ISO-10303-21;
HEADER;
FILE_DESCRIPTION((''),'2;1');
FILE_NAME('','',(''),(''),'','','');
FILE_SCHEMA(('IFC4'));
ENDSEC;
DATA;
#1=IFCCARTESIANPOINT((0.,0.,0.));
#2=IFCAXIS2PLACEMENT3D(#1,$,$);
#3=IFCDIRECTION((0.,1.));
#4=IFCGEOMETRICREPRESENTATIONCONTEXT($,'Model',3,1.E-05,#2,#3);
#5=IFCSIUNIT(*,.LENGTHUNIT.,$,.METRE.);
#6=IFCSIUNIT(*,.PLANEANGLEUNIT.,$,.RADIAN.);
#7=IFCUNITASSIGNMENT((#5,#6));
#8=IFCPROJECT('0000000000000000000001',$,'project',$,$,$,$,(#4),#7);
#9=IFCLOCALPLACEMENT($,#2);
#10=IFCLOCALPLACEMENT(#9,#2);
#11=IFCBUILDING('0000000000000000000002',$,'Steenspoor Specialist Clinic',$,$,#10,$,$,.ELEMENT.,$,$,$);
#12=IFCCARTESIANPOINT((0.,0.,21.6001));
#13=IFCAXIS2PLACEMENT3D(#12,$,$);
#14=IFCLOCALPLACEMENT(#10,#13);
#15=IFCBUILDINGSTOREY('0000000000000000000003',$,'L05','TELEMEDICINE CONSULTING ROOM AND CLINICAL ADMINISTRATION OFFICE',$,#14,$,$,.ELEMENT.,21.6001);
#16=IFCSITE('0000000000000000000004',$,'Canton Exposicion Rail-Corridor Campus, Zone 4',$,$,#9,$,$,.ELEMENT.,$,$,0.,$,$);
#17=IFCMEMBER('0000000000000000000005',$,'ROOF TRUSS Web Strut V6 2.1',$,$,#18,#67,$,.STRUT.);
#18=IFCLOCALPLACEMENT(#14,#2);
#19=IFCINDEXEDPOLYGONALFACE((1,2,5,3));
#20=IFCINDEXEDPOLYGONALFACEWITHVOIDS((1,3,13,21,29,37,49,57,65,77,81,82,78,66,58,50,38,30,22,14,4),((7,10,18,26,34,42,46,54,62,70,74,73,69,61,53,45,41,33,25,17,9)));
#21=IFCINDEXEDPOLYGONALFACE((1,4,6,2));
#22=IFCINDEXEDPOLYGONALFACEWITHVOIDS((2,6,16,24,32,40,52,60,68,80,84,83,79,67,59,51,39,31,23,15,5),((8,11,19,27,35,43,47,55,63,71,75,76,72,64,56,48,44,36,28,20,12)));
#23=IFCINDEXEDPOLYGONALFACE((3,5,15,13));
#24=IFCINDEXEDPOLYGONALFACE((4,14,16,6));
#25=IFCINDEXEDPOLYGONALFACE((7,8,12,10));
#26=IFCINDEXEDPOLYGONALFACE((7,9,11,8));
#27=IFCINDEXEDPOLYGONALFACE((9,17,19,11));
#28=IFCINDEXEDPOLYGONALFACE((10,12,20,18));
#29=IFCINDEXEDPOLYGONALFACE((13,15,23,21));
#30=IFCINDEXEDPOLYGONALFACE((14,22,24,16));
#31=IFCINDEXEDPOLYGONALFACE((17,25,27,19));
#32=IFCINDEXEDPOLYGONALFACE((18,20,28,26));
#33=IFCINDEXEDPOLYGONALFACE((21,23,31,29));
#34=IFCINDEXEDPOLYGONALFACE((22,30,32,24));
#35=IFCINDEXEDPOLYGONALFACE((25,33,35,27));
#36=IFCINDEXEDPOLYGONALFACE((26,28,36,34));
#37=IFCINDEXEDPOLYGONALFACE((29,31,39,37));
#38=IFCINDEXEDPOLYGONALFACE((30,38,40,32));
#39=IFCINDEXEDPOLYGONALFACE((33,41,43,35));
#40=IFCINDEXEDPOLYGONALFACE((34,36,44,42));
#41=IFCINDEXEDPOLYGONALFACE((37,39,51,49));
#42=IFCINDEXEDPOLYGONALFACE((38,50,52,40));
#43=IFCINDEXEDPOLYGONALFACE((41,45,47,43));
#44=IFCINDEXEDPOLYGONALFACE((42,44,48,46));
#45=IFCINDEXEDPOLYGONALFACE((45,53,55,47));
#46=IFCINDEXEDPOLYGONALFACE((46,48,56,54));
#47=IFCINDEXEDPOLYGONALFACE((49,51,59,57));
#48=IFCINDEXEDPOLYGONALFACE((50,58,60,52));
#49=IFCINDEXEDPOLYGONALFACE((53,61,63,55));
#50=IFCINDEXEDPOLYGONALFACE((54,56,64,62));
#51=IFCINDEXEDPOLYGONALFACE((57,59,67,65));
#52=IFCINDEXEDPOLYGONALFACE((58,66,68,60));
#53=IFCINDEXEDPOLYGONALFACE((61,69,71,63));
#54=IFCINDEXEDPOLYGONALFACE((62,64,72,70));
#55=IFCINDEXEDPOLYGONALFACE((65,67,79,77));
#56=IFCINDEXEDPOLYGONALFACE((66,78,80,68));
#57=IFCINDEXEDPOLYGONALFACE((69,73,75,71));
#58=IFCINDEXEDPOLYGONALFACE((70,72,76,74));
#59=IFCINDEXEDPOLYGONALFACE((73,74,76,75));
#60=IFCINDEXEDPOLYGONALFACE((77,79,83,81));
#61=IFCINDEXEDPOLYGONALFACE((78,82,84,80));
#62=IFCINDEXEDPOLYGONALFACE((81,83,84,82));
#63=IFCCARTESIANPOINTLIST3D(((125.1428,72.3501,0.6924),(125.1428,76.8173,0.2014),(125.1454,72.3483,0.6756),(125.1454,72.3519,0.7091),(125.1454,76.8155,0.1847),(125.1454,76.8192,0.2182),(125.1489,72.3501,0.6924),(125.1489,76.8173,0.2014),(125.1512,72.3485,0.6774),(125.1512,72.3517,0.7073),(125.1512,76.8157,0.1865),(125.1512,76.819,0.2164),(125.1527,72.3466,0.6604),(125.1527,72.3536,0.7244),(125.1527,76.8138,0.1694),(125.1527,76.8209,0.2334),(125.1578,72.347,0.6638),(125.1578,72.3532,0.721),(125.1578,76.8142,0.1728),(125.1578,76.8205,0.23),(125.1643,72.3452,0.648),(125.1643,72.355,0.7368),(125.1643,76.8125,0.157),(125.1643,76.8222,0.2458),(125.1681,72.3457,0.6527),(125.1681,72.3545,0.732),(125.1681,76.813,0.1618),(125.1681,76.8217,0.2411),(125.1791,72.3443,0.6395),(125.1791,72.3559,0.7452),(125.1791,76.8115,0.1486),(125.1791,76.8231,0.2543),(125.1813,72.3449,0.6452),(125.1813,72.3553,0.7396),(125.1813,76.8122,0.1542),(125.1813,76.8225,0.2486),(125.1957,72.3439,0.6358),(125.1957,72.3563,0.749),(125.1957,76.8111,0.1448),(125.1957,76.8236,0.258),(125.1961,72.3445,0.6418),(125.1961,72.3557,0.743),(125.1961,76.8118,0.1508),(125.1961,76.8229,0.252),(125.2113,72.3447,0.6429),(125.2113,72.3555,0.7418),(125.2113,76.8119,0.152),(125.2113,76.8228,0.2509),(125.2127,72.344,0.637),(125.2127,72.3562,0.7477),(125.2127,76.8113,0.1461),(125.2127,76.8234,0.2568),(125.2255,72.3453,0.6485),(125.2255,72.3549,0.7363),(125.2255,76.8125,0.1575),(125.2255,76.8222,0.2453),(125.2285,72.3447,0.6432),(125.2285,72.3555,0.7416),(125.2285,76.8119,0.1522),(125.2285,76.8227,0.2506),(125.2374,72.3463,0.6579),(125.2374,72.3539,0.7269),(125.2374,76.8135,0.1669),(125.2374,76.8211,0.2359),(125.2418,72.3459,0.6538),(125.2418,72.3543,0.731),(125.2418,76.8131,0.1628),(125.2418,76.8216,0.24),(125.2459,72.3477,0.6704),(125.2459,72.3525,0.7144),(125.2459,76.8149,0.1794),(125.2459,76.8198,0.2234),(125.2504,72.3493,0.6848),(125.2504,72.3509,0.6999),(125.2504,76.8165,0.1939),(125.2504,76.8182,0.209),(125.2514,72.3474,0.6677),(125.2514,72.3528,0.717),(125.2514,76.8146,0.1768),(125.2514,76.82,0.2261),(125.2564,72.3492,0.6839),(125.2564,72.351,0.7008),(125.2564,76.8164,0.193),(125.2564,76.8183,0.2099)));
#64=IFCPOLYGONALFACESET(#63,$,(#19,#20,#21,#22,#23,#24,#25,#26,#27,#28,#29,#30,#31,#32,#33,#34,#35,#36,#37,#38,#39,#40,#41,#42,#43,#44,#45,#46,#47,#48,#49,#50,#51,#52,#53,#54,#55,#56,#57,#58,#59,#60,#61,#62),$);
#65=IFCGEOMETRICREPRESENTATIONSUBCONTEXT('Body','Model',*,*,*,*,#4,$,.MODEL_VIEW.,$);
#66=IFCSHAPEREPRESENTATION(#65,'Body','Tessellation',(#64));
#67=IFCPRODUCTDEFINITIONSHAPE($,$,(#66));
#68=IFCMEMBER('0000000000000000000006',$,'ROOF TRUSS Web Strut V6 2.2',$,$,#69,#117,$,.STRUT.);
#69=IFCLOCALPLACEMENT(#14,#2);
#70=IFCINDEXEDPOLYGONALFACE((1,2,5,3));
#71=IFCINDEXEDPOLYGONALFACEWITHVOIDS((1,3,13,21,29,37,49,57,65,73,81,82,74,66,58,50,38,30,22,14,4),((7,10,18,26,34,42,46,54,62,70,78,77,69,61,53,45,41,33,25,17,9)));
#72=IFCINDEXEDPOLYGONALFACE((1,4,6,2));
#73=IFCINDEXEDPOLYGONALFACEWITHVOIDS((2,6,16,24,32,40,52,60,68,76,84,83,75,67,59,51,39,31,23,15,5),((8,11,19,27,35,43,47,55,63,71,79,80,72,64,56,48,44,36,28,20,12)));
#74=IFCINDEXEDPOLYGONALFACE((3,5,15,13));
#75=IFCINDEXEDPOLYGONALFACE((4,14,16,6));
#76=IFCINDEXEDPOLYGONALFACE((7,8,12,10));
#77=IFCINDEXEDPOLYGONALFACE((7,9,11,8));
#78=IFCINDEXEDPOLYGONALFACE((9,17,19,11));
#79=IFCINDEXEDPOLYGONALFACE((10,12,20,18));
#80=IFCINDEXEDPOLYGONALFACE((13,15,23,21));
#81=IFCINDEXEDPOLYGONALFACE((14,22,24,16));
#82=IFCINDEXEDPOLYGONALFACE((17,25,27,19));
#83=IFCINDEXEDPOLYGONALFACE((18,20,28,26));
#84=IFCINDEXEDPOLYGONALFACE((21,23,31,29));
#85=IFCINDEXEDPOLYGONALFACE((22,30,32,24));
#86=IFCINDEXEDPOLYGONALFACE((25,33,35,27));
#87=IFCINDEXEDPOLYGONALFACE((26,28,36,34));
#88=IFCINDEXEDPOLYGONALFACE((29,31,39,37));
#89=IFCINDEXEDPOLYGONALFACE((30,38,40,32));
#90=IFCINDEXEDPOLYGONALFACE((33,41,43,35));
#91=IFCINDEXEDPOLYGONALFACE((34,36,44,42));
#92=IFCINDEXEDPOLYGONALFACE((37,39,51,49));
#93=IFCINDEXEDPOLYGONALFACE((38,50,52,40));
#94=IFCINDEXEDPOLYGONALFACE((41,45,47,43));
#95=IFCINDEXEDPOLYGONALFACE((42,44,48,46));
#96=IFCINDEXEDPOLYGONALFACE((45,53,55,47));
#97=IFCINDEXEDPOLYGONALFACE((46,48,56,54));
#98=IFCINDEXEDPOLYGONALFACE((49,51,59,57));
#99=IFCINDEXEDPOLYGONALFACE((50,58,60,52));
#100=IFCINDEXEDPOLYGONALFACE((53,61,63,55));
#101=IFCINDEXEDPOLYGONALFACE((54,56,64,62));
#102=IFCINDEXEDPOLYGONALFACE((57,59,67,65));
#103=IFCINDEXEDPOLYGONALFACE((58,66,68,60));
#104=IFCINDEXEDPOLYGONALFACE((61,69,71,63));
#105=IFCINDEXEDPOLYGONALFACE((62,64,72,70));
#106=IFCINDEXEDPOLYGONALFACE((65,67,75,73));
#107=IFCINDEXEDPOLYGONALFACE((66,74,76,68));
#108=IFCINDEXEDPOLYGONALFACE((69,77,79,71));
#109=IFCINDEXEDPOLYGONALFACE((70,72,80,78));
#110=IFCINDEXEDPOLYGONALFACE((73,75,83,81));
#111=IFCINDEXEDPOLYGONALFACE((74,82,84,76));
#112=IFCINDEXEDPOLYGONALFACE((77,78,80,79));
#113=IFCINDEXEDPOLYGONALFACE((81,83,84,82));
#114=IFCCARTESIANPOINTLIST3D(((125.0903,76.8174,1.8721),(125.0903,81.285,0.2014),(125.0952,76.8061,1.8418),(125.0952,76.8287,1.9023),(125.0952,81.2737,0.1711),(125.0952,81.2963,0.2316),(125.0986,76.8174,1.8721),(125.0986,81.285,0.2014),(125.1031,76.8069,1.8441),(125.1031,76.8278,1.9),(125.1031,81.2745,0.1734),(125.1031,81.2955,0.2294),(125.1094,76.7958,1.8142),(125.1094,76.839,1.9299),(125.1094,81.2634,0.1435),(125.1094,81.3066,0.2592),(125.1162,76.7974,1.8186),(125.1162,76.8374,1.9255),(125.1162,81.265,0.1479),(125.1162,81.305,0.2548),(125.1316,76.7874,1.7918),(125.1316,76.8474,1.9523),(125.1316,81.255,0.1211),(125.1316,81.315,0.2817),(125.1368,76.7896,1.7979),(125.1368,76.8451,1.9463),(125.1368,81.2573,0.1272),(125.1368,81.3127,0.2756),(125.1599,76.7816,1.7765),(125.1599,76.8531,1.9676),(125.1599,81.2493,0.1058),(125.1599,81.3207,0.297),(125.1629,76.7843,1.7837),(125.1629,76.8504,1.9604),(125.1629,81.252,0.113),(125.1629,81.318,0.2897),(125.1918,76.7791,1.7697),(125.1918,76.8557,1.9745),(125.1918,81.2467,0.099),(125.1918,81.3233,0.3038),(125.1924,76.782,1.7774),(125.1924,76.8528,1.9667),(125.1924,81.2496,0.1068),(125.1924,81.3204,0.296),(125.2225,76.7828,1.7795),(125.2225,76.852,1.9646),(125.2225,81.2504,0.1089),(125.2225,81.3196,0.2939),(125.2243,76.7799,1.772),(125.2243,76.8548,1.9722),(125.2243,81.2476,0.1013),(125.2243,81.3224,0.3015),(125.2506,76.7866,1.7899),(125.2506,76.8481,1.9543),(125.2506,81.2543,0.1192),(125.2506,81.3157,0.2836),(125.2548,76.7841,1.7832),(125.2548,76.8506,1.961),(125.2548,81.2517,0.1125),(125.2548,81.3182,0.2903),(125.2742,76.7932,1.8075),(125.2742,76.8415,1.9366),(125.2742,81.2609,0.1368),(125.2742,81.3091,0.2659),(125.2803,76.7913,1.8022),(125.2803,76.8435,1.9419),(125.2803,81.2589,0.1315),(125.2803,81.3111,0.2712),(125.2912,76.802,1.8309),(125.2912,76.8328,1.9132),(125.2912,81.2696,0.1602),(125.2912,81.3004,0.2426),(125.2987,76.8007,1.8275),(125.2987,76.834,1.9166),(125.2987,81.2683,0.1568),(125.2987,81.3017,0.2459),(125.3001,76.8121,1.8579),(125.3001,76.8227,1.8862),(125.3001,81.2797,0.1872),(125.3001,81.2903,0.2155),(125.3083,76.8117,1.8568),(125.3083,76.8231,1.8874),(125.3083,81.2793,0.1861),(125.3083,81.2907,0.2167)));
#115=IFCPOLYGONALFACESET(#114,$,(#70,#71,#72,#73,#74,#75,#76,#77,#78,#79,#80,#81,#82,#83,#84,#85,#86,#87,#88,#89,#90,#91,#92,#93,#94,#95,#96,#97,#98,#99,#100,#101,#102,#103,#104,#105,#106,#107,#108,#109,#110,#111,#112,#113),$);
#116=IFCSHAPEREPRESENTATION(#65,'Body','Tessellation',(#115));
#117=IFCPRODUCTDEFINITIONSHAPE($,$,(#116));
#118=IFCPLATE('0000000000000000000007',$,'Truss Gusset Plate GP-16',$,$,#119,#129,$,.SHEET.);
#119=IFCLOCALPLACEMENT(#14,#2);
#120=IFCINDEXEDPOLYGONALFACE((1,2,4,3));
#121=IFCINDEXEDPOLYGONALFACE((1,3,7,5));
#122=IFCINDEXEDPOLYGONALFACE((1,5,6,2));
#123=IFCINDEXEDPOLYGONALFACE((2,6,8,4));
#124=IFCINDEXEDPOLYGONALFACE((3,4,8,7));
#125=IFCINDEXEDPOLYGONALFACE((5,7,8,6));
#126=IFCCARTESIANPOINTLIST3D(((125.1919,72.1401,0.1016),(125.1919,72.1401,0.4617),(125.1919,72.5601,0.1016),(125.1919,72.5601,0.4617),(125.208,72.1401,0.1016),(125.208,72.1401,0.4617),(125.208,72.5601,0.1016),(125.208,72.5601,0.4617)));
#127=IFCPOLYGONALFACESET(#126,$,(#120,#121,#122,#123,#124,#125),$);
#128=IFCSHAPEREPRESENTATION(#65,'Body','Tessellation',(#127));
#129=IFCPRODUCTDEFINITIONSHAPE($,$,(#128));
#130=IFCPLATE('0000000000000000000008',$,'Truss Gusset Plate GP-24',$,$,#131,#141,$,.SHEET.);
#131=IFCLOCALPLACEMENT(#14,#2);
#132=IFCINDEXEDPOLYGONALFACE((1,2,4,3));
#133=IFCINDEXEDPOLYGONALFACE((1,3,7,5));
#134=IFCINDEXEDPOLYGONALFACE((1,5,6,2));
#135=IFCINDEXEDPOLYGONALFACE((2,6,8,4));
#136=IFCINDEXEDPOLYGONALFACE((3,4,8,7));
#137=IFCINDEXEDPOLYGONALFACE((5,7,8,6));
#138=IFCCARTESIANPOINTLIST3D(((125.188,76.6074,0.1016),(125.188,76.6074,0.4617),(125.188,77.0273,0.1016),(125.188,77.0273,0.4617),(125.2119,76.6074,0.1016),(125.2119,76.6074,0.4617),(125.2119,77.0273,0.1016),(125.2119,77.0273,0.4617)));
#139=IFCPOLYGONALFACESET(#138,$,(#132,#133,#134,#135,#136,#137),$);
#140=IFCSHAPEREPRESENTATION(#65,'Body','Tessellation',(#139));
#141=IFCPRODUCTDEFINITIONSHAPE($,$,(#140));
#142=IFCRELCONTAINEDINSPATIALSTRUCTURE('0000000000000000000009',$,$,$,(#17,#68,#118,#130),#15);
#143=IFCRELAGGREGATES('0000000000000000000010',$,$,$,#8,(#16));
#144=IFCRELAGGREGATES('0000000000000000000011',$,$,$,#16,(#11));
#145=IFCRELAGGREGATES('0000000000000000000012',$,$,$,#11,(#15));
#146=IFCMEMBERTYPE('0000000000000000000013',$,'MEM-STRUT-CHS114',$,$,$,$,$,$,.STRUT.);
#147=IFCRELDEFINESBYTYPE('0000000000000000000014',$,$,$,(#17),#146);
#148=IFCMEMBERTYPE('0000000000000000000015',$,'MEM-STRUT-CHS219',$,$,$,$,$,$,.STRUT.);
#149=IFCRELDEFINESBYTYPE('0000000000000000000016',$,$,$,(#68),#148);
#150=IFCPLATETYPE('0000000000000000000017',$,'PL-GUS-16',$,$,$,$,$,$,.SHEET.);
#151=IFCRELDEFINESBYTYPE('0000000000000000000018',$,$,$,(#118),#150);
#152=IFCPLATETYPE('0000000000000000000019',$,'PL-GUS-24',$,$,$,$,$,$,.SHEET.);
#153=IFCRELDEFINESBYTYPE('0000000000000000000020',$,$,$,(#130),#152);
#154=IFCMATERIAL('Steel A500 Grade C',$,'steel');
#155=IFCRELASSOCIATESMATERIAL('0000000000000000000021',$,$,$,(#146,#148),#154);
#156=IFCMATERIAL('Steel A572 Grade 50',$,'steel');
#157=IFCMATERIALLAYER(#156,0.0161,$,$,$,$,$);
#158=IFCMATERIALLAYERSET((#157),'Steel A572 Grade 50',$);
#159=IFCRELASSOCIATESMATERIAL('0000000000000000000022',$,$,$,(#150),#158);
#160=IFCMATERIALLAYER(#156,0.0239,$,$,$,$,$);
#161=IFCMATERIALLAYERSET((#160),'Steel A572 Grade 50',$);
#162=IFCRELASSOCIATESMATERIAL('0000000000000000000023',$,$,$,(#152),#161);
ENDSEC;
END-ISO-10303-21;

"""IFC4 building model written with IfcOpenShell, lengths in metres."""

from ifc_helpers import new_model, si_unit, direction, frame, origin, origin_2d, place, context, subcontext, project, spatial, rectangle, hollow_circle, extrude, material, layer, layer_set, material_profile, profile_set, type_object, element, save


model = new_model("IFC4")

# Units and contexts
model_context = context("Model", 3, precision=1e-05, world=origin(), true_north=direction((0.0, 1.0)))
body_context = subcontext(model_context, "Body", "Model", "MODEL_VIEW")
ifc_project = project(units=[si_unit("LENGTHUNIT", "METRE"), si_unit("PLANEANGLEUNIT", "RADIAN")], contexts=[model_context])

# Site, building, storey
site_placement = place(None, origin())
site = spatial("IfcSite", under=ifc_project, at=site_placement, Name="Canton Exposicion Rail-Corridor Campus, Zone 4", CompositionType="ELEMENT", RefElevation=0.0)
building_placement = place(site_placement, origin())
building = spatial("IfcBuilding", under=site, at=building_placement, Name="Steenspoor Specialist Clinic", CompositionType="ELEMENT")
storey_placement = place(building_placement, frame((0.0, 0.0, 21.6001)))
storey = spatial("IfcBuildingStorey", under=building, at=storey_placement, Name="L05", Description="TELEMEDICINE CONSULTING ROOM AND CLINICAL ADMINISTRATION OFFICE", CompositionType="ELEMENT", Elevation=21.6001)

# Members
ifc_material_1 = material(Name="Steel A500 Grade C", Category="steel")
ifc_material_profile_1 = material_profile(ifc_material_1, hollow_circle(Radius=0.0571, WallThickness=0.0061, at=origin_2d()), Name="CHS114X6.0")
ifc_profile_set_1 = profile_set([ifc_material_profile_1], Name="Steel A500 Grade C")
member_type_1 = type_object("IfcMemberType", Name="MEM-STRUT-CHS114", PredefinedType="STRUT", material=ifc_profile_set_1)
member_1_placement = place(storey_placement, frame((125.2, 72.3501, 0.6924), z_axis=(0.0, 0.994015, -0.109245), x_axis=(-1.0, 0.0, 0.0)))
element("IfcMember", 1, at=member_1_placement, inside=storey, type_object=member_type_1, Name="ROOF TRUSS Web Strut V6 2.1", PredefinedType="STRUT", context=body_context, shape_type="SweptSolid", body=[
    extrude(hollow_circle(Radius=0.0571, WallThickness=0.0061, at=origin_2d()), origin(), (0.0, 0.0, 1.0), 4.4941),
])
ifc_material_profile_2 = material_profile(ifc_material_1, hollow_circle(Radius=0.1096, WallThickness=0.0083, at=origin_2d()), Name="CHS219X8.2")
ifc_profile_set_2 = profile_set([ifc_material_profile_2], Name="Steel A500 Grade C")
member_type_2 = type_object("IfcMemberType", Name="MEM-STRUT-CHS219", PredefinedType="STRUT", material=ifc_profile_set_2)
member_2_placement = place(storey_placement, frame((125.2, 76.8174, 1.8721), z_axis=(0.0, 0.936651, -0.350265), x_axis=(-1.0, 0.0, 0.0)))
element("IfcMember", 2, at=member_2_placement, inside=storey, type_object=member_type_2, Name="ROOF TRUSS Web Strut V6 2.2", PredefinedType="STRUT", context=body_context, shape_type="SweptSolid", body=[
    extrude(hollow_circle(Radius=0.1096, WallThickness=0.0083, at=origin_2d()), origin(), (0.0, 0.0, 1.0), 4.7698),
])

# Plates
ifc_material_2 = material(Name="Steel A572 Grade 50", Category="steel")
ifc_layer_1 = layer(ifc_material_2, 0.0161)
ifc_layer_set_1 = layer_set([ifc_layer_1], Name="Steel A572 Grade 50")
plate_type_1 = type_object("IfcPlateType", Name="PL-GUS-16", PredefinedType="SHEET", material=ifc_layer_set_1)
plate_1_placement = place(storey_placement, frame((125.2, 72.3501, 0.1016), z_axis=(0.0, 0.0, 1.0), x_axis=(1.0, 0.0, 0.0)))
element("IfcPlate", 3, at=plate_1_placement, inside=storey, type_object=plate_type_1, Name="Truss Gusset Plate GP-16", PredefinedType="SHEET", context=body_context, shape_type="SweptSolid", body=[
    extrude(rectangle(XDim=0.0161, YDim=0.4199, at=origin_2d()), origin(), (0.0, 0.0, 1.0), 0.3601),
])
ifc_layer_2 = layer(ifc_material_2, 0.0239)
ifc_layer_set_2 = layer_set([ifc_layer_2], Name="Steel A572 Grade 50")
plate_type_2 = type_object("IfcPlateType", Name="PL-GUS-24", PredefinedType="SHEET", material=ifc_layer_set_2)
plate_2_placement = place(storey_placement, frame((125.2, 76.8174, 0.1016), z_axis=(0.0, 0.0, 1.0), x_axis=(1.0, 0.0, 0.0)))
element("IfcPlate", 4, at=plate_2_placement, inside=storey, type_object=plate_type_2, Name="Truss Gusset Plate GP-24", PredefinedType="SHEET", context=body_context, shape_type="SweptSolid", body=[
    extrude(rectangle(XDim=0.0239, YDim=0.4199, at=origin_2d()), origin(), (0.0, 0.0, 1.0), 0.3601),
])

save(model, "model.ifc")
